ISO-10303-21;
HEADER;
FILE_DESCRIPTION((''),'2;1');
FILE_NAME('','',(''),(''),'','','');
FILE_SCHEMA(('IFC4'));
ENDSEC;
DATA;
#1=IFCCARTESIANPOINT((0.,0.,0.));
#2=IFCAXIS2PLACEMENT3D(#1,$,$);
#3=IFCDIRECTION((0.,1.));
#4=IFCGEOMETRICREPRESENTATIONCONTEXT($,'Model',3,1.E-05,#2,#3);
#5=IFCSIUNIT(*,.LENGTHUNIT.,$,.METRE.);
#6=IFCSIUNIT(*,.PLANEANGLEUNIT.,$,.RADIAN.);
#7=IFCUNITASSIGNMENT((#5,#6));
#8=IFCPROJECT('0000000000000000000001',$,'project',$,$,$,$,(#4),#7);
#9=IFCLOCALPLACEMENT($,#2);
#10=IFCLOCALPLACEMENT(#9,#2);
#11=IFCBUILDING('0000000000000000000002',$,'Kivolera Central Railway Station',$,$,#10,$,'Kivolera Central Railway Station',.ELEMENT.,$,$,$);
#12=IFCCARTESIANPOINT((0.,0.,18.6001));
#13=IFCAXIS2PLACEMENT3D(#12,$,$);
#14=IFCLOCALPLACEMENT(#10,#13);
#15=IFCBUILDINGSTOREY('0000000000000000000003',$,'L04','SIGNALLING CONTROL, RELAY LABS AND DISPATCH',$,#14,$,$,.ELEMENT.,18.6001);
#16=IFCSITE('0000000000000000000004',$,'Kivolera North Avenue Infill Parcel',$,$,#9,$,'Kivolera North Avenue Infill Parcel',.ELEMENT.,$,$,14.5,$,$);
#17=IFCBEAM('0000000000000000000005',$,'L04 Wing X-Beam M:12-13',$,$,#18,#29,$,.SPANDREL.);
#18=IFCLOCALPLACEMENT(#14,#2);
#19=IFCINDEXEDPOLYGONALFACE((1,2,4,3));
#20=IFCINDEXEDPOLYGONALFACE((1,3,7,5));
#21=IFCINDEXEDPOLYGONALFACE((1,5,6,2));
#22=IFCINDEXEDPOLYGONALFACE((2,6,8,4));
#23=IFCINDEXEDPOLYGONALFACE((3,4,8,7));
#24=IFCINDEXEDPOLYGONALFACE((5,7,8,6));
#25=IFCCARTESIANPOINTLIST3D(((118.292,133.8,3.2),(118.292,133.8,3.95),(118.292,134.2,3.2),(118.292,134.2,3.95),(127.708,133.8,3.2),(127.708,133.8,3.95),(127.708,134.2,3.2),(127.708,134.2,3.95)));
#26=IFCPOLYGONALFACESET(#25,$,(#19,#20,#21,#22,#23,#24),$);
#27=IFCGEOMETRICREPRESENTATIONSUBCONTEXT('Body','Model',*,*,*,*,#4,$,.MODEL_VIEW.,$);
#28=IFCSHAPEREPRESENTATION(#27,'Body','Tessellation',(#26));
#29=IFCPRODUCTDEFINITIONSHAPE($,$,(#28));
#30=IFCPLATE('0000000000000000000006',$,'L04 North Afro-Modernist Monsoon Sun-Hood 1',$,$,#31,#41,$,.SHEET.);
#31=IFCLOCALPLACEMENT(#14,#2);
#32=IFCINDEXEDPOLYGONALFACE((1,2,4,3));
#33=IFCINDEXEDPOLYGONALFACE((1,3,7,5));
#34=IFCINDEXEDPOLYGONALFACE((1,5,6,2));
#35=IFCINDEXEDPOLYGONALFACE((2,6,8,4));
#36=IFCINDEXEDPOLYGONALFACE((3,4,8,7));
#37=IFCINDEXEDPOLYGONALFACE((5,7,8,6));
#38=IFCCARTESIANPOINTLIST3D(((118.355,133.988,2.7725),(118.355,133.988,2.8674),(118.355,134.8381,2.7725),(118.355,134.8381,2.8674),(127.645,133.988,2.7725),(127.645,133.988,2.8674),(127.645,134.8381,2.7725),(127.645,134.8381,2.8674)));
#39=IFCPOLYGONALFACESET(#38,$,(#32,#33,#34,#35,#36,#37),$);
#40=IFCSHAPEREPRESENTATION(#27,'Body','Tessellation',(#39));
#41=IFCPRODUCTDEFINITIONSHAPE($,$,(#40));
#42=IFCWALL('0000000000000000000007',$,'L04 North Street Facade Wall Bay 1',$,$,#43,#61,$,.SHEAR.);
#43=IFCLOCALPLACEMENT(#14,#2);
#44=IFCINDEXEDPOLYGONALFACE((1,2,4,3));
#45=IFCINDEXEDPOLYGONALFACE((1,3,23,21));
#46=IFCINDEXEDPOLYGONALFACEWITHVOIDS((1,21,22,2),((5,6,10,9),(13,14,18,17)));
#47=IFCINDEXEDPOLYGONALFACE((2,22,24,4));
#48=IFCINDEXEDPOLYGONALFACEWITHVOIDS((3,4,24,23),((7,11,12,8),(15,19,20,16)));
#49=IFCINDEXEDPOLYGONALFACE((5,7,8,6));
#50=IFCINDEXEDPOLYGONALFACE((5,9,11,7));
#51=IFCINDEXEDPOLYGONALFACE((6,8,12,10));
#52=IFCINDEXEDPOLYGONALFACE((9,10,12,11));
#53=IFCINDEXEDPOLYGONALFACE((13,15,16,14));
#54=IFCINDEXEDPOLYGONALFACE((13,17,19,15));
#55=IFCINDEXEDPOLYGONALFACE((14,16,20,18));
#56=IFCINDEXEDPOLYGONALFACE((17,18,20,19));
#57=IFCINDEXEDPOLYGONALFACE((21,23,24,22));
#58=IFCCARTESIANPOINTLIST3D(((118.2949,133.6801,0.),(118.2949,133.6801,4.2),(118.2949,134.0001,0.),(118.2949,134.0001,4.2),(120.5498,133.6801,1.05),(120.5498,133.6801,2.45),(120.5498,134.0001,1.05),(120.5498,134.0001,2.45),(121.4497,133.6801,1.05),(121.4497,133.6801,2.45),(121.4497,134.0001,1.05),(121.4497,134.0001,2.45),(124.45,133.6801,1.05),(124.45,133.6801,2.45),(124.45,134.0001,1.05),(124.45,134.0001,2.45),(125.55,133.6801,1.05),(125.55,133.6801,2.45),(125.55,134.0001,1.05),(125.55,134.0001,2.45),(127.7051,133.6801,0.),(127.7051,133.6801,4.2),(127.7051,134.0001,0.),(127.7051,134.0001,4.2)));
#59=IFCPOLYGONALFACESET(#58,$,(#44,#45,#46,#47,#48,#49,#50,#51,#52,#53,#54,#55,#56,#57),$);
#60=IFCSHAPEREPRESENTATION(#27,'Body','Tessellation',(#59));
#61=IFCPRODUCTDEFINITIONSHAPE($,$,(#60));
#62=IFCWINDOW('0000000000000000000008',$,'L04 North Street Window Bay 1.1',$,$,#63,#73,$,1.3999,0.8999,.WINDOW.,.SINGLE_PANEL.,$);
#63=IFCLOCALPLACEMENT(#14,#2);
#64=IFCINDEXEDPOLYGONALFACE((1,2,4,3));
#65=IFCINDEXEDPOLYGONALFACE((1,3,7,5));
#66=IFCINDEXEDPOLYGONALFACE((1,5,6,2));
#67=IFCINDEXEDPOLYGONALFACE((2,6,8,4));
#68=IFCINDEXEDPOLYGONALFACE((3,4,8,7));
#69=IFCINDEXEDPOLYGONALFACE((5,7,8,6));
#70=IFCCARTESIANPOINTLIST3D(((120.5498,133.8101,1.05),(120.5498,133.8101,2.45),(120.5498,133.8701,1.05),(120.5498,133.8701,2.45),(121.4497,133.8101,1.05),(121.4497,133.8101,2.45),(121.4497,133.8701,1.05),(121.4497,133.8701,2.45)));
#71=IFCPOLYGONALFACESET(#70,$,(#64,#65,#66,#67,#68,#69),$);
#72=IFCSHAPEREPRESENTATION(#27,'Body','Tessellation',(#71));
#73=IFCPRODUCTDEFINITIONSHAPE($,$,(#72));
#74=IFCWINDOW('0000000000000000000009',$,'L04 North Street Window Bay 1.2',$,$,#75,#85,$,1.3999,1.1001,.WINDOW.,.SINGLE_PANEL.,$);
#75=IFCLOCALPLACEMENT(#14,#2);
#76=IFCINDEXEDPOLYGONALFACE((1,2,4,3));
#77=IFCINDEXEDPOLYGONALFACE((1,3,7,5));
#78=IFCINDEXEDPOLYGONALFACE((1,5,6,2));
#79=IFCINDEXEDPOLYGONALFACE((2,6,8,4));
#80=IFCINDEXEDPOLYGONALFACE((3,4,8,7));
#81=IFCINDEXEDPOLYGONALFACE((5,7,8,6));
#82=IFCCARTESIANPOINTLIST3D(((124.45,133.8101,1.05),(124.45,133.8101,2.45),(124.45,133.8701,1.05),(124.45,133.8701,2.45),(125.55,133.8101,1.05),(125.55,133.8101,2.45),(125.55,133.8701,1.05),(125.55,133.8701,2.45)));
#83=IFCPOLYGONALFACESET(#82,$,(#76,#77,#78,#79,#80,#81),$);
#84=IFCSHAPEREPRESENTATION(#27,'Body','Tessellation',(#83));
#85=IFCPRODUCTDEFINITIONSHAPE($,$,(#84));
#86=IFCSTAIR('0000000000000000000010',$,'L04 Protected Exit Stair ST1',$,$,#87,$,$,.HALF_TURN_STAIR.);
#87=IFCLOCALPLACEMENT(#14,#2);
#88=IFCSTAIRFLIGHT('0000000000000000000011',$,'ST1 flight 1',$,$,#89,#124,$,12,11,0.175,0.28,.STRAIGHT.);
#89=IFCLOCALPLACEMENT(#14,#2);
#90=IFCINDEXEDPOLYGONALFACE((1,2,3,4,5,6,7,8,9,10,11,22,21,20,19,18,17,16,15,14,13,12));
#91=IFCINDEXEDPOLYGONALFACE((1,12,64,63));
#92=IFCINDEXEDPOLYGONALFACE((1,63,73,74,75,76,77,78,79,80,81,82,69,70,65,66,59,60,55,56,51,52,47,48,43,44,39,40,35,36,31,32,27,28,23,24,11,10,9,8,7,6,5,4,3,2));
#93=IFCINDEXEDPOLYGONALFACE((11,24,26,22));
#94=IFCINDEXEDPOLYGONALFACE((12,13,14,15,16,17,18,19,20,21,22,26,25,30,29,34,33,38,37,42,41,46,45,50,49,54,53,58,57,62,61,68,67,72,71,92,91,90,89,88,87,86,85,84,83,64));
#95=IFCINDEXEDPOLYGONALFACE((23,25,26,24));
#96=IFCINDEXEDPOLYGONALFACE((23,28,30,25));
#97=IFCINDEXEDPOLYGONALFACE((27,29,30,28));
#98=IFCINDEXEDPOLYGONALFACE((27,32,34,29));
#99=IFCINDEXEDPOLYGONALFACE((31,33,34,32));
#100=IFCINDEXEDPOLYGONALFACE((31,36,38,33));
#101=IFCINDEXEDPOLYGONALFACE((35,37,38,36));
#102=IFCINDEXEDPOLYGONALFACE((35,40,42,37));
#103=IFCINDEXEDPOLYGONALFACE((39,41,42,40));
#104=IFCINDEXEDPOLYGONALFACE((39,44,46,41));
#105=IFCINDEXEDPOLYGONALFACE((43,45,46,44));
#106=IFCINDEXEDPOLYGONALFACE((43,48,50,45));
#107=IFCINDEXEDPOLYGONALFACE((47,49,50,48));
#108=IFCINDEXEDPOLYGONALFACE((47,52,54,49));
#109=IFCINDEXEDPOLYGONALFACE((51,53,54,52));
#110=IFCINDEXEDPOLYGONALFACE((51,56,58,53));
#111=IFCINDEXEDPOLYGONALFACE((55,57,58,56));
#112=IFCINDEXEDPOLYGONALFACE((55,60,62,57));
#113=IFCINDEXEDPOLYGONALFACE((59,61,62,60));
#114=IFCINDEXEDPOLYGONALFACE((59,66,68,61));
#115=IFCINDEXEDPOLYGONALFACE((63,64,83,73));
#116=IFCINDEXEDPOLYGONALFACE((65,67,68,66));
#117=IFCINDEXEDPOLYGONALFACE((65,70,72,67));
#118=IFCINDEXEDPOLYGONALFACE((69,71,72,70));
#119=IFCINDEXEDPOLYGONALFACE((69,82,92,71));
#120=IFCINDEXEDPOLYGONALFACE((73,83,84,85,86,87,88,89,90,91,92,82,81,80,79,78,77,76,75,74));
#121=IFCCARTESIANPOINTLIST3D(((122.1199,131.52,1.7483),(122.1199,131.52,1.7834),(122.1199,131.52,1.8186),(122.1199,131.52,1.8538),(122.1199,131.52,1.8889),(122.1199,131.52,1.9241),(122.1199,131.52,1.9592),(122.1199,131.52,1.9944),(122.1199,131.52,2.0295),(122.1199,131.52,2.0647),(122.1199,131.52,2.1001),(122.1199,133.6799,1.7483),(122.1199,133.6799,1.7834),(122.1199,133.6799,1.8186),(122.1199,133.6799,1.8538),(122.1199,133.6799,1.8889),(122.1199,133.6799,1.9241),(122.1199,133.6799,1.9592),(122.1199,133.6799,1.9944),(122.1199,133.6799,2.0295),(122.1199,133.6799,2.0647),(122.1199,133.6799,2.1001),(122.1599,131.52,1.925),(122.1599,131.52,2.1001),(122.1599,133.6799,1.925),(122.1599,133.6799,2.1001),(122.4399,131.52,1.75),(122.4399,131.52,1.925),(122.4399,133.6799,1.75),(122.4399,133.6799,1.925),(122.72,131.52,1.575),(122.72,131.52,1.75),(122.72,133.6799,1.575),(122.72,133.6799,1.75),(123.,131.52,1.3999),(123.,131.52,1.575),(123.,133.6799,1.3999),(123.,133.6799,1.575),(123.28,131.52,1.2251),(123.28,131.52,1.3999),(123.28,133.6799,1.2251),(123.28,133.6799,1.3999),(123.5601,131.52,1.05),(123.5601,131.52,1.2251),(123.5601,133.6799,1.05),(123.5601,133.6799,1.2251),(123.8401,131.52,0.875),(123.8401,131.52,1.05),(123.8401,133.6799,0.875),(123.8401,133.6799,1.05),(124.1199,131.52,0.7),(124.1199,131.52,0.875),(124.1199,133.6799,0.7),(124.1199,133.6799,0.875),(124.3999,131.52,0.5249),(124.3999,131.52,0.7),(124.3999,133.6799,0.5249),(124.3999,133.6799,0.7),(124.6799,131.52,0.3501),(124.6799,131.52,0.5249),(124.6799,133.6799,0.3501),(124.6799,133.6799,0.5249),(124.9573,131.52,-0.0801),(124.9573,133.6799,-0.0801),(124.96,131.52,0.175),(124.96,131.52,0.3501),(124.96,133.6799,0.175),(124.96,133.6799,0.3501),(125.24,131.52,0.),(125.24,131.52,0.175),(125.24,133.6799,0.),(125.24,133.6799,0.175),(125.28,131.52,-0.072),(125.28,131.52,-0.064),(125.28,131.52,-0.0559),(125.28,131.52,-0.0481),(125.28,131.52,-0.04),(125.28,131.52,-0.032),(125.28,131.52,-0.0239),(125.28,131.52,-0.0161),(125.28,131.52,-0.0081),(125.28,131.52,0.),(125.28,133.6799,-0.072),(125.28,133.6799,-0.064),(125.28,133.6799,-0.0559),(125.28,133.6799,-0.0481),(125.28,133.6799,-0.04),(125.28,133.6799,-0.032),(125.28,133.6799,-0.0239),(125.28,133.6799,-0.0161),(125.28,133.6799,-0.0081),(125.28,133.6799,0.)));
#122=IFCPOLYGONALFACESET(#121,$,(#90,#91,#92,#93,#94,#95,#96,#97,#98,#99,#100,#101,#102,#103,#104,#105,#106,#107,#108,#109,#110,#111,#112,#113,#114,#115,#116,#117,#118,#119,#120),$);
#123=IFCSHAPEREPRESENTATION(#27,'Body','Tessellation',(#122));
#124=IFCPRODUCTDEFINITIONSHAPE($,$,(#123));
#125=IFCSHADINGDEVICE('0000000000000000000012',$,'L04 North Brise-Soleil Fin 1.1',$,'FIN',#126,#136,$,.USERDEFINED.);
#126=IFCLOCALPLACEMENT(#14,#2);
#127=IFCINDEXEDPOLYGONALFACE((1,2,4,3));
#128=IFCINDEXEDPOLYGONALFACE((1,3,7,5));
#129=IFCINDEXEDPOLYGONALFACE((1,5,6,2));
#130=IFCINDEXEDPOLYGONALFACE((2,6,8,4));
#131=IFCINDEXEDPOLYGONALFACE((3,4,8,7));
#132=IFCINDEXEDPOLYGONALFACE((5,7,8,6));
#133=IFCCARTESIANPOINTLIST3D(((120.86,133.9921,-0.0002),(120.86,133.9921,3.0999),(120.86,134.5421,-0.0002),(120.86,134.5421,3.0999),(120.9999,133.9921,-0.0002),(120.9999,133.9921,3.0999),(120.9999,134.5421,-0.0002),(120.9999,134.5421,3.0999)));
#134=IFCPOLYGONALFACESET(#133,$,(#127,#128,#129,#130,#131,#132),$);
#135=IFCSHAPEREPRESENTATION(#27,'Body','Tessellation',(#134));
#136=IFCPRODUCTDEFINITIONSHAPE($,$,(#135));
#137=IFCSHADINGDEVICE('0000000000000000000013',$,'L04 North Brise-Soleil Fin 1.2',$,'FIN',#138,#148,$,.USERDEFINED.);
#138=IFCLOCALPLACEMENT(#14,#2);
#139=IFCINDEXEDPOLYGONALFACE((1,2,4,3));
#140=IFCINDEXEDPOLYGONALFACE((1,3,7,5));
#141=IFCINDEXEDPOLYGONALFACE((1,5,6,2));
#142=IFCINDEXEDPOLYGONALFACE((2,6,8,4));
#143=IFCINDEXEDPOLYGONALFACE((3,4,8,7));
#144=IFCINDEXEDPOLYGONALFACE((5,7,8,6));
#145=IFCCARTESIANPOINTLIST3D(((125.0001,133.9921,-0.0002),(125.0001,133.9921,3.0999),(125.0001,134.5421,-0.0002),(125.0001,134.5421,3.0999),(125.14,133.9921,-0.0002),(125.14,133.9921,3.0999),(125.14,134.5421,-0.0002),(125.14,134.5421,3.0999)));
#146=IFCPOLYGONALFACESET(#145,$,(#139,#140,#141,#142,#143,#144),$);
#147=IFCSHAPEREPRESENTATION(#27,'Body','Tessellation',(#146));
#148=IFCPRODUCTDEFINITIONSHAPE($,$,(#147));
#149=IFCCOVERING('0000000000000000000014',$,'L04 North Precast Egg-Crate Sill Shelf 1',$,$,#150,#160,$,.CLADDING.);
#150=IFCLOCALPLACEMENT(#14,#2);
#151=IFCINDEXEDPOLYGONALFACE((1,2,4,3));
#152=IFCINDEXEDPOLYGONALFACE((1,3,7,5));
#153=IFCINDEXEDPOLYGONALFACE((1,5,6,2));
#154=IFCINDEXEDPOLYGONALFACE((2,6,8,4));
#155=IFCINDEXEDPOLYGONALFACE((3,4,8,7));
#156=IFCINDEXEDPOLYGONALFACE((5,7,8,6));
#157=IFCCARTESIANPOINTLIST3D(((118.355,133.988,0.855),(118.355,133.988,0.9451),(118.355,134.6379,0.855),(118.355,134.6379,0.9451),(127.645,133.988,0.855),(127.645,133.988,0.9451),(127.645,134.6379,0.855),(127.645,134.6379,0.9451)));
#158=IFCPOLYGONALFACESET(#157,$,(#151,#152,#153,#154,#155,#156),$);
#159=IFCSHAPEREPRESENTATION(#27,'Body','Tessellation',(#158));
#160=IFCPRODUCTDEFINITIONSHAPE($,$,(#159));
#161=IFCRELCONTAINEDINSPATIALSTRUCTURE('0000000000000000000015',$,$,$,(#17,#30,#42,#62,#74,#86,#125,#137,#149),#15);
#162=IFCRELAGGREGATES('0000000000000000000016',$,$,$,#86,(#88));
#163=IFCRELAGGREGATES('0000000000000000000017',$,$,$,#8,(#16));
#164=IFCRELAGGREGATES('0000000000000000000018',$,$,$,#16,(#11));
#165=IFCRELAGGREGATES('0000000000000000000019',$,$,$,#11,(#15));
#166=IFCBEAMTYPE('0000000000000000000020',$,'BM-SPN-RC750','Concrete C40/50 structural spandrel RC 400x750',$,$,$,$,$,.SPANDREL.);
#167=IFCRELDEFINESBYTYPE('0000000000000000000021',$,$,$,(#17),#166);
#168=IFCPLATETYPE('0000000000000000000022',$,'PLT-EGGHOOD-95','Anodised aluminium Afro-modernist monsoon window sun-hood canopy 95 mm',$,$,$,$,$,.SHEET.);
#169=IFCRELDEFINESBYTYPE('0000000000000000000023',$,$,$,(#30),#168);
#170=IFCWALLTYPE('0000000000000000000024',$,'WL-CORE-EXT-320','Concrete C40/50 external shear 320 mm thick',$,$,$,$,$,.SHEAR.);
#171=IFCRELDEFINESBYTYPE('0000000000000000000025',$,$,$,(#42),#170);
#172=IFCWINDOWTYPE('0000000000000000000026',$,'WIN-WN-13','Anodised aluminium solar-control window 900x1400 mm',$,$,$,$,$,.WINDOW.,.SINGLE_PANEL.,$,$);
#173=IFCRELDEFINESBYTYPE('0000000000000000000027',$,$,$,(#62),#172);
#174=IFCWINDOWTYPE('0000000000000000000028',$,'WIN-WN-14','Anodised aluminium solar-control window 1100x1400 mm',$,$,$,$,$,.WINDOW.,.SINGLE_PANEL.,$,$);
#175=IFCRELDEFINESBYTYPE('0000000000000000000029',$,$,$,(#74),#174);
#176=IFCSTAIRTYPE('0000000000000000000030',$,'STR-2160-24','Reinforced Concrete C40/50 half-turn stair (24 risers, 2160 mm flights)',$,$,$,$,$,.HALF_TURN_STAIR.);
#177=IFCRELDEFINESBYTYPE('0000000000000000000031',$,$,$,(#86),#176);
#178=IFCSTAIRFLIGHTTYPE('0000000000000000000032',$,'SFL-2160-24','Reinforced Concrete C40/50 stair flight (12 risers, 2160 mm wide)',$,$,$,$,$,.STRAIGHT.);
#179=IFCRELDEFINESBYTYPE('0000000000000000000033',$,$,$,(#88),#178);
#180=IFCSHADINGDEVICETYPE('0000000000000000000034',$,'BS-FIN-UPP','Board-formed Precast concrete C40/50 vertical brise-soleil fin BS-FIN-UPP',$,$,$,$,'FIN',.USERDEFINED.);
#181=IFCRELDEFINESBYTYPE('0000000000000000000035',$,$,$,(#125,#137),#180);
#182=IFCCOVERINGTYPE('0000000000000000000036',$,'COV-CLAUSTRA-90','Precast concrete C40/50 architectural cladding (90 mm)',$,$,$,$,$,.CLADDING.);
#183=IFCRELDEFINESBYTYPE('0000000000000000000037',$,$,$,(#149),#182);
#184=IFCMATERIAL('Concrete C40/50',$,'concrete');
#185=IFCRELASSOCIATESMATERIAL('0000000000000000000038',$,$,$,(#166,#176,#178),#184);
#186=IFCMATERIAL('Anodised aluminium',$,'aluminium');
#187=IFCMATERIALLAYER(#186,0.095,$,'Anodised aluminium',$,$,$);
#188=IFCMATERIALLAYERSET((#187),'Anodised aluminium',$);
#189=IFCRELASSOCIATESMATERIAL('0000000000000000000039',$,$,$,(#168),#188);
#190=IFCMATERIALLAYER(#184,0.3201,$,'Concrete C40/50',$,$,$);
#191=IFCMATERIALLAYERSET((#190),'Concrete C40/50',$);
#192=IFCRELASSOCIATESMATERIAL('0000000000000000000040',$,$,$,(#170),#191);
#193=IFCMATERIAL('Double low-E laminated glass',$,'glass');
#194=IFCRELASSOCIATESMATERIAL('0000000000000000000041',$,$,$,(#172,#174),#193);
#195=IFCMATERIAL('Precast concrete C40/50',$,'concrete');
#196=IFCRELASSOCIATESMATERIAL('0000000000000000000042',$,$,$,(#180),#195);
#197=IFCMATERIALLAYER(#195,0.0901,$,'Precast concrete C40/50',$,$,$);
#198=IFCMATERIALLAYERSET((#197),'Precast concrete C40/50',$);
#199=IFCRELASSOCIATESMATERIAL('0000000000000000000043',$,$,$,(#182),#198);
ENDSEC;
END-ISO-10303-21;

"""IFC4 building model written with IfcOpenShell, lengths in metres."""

from ifc_helpers import new_model, si_unit, direction, frame, frame_2d, origin, origin_2d, place, context, subcontext, project, spatial, polyline, rectangle, outline, extrude, material, layer, layer_set, material_profile, profile_set, type_object, element, fill, aggregate, save


model = new_model("IFC4")

# Units and contexts
model_context = context("Model", 3, precision=1e-05, world=origin(), true_north=direction((0.0, 1.0)))
body_context = subcontext(model_context, "Body", "Model", "MODEL_VIEW")
ifc_project = project(units=[si_unit("LENGTHUNIT", "METRE"), si_unit("PLANEANGLEUNIT", "RADIAN")], contexts=[model_context])

# Site, building, storey
site_placement = place(None, origin())
site = spatial("IfcSite", under=ifc_project, at=site_placement, Name="Kivolera North Avenue Infill Parcel", LongName="Kivolera North Avenue Infill Parcel", CompositionType="ELEMENT", RefElevation=14.5)
building_placement = place(site_placement, origin())
building = spatial("IfcBuilding", under=site, at=building_placement, Name="Kivolera Central Railway Station", LongName="Kivolera Central Railway Station", CompositionType="ELEMENT")
storey_placement = place(building_placement, frame((0.0, 0.0, 18.6001)))
storey = spatial("IfcBuildingStorey", under=building, at=storey_placement, Name="L04", Description="SIGNALLING CONTROL, RELAY LABS AND DISPATCH", CompositionType="ELEMENT", Elevation=18.6001)

# Beam
ifc_material_1 = material(Name="Concrete C40/50", Category="concrete")
ifc_material_profile = material_profile(ifc_material_1, rectangle(XDim=0.3999, YDim=0.75, at=origin_2d()), Name="RC 400x750")
ifc_profile_set = profile_set([ifc_material_profile], Name="Concrete C40/50")
beam_type = type_object("IfcBeamType", Name="BM-SPN-RC750", Description="Concrete C40/50 structural spandrel RC 400x750", PredefinedType="SPANDREL", material=ifc_profile_set)
beam_placement = place(storey_placement, frame((118.292, 134.0, 3.575), z_axis=(1.0, 0.0, 0.0), x_axis=(0.0, 1.0, 0.0)))
element("IfcBeam", 1, at=beam_placement, inside=storey, type_object=beam_type, Name="L04 Wing X-Beam M:12-13", PredefinedType="SPANDREL", context=body_context, shape_type="SweptSolid", body=[
    extrude(rectangle(XDim=0.3999, YDim=0.75, at=origin_2d()), origin(), (0.0, 0.0, 1.0), 9.416),
])

# Plate
ifc_material_2 = material(Name="Anodised aluminium", Category="aluminium")
ifc_layer_1 = layer(ifc_material_2, 0.095, Name="Anodised aluminium")
ifc_layer_set_1 = layer_set([ifc_layer_1], Name="Anodised aluminium")
plate_type = type_object("IfcPlateType", Name="PLT-EGGHOOD-95", Description="Anodised aluminium Afro-modernist monsoon window sun-hood canopy 95 mm", PredefinedType="SHEET", material=ifc_layer_set_1)
plate_placement = place(storey_placement, frame((123.0, 134.4131, 2.7725), z_axis=(0.0, 0.0, 1.0), x_axis=(1.0, 0.0, 0.0)))
element("IfcPlate", 2, at=plate_placement, inside=storey, type_object=plate_type, Name="L04 North Afro-Modernist Monsoon Sun-Hood 1", PredefinedType="SHEET", context=body_context, shape_type="SweptSolid", body=[
    extrude(rectangle(XDim=9.29, YDim=0.8501, at=origin_2d()), origin(), (0.0, 0.0, 1.0), 0.095),
])

# Wall, openings, windows
ifc_layer_2 = layer(ifc_material_1, 0.3201, Name="Concrete C40/50")
ifc_layer_set_2 = layer_set([ifc_layer_2], Name="Concrete C40/50")
wall_type_1 = type_object("IfcWallType", Name="WL-CORE-EXT-320", Description="Concrete C40/50 external shear 320 mm thick", PredefinedType="SHEAR", material=ifc_layer_set_2)
wall_1_placement = place(storey_placement, frame((118.2949, 133.8401, 0.0), z_axis=(0.0, 0.0, 1.0), x_axis=(1.0, 0.0, 0.0)))
wall_1 = element("IfcWall", 3, at=wall_1_placement, inside=storey, type_object=wall_type_1, Name="L04 North Street Facade Wall Bay 1", PredefinedType="SHEAR", context=body_context, shape_type="SweptSolid", body=[
    extrude(rectangle(XDim=9.4102, YDim=0.3201, at=frame_2d((4.7051, 0.0))), origin(), (0.0, 0.0, 1.0), 4.2),
])
opening_1_placement = place(wall_1_placement, frame((2.2549, 0.0, 1.05)))
opening_1 = element("IfcOpeningElement", 4, at=opening_1_placement, cuts=wall_1, PredefinedType="OPENING", context=body_context, shape_type="SweptSolid", body=[
    extrude(rectangle(XDim=0.8999, YDim=1.3999, at=frame_2d((0.45, 0.7))), frame((0.0, 0.1699, 0.0), z_axis=(0.0, -1.0, 0.0), x_axis=(1.0, 0.0, 0.0)), (0.0, 0.0, 1.0), 0.3401),
])
opening_2_placement = place(wall_1_placement, frame((6.155, 0.0, 1.05)))
opening_2 = element("IfcOpeningElement", 5, at=opening_2_placement, cuts=wall_1, PredefinedType="OPENING", context=body_context, shape_type="SweptSolid", body=[
    extrude(rectangle(XDim=1.1001, YDim=1.3999, at=frame_2d((0.55, 0.7))), frame((0.0, 0.1699, 0.0), z_axis=(0.0, -1.0, 0.0), x_axis=(1.0, 0.0, 0.0)), (0.0, 0.0, 1.0), 0.3401),
])
ifc_material_3 = material(Name="Double low-E laminated glass", Category="glass")
window_type_1 = type_object("IfcWindowType", Name="WIN-WN-13", Description="Anodised aluminium solar-control window 900x1400 mm", PartitioningType="SINGLE_PANEL", PredefinedType="WINDOW", material=ifc_material_3)
window_1_placement = place(opening_1_placement, origin())
window_1 = element("IfcWindow", 6, at=window_1_placement, inside=storey, type_object=window_type_1, Name="L04 North Street Window Bay 1.1", OverallHeight=1.3999, OverallWidth=0.8999, PartitioningType="SINGLE_PANEL", PredefinedType="WINDOW", context=body_context, shape_type="SweptSolid", body=[
    extrude(rectangle(XDim=0.8999, YDim=1.3999, at=frame_2d((0.45, 0.7))), frame((0.0, 0.03, 0.0), z_axis=(0.0, -1.0, 0.0), x_axis=(1.0, 0.0, 0.0)), (0.0, 0.0, 1.0), 0.0601),
])
fill(opening_1, window_1)
window_type_2 = type_object("IfcWindowType", Name="WIN-WN-14", Description="Anodised aluminium solar-control window 1100x1400 mm", PartitioningType="SINGLE_PANEL", PredefinedType="WINDOW", material=ifc_material_3)
window_2_placement = place(opening_2_placement, origin())
window_2 = element("IfcWindow", 7, at=window_2_placement, inside=storey, type_object=window_type_2, Name="L04 North Street Window Bay 1.2", OverallHeight=1.3999, OverallWidth=1.1001, PartitioningType="SINGLE_PANEL", PredefinedType="WINDOW", context=body_context, shape_type="SweptSolid", body=[
    extrude(rectangle(XDim=1.1001, YDim=1.3999, at=frame_2d((0.55, 0.7))), frame((0.0, 0.03, 0.0), z_axis=(0.0, -1.0, 0.0), x_axis=(1.0, 0.0, 0.0)), (0.0, 0.0, 1.0), 0.0601),
])
fill(opening_2, window_2)

# Stair, stair flight
stair_type = type_object("IfcStairType", Name="STR-2160-24", Description="Reinforced Concrete C40/50 half-turn stair (24 risers, 2160 mm flights)", PredefinedType="HALF_TURN_STAIR", material=ifc_material_1)
stair_placement = place(storey_placement, origin())
stair = element("IfcStair", 8, at=stair_placement, inside=storey, type_object=stair_type, Name="L04 Protected Exit Stair ST1", PredefinedType="HALF_TURN_STAIR")
stair_flight_type = type_object("IfcStairFlightType", Name="SFL-2160-24", Description="Reinforced Concrete C40/50 stair flight (12 risers, 2160 mm wide)", PredefinedType="STRAIGHT", material=ifc_material_1)
stair_flight_placement = place(storey_placement, frame((125.24, 132.6001, 0.0), z_axis=(0.0, 0.0, 1.0), x_axis=(-1.0, 0.0, 0.0)))
stair_flight = element("IfcStairFlight", 9, at=stair_flight_placement, type_object=stair_flight_type, Name="ST1 flight 1", NumberOfRisers=12, NumberOfTreads=11, PredefinedType="STRAIGHT", RiserHeight=0.175, TreadLength=0.28, context=body_context, shape_type="SweptSolid", body=[
    extrude(outline(polyline([(-0.04, 0.0), (0.0, 0.0), (0.0, 0.175), (0.28, 0.175), (0.28, 0.3501), (0.5601, 0.3501), (0.5601, 0.5249), (0.8401, 0.5249), (0.8401, 0.7), (1.1201, 0.7), (1.1201, 0.875), (1.3999, 0.875), (1.3999, 1.05), (1.6799, 1.05), (1.6799, 1.2251), (1.96, 1.2251), (1.96, 1.3999), (2.24, 1.3999), (2.24, 1.575), (2.52, 1.575), (2.52, 1.75), (2.8, 1.75), (2.8, 1.925), (3.0801, 1.925), (3.0801, 2.1001), (3.1201, 2.1001), (3.1201, 2.0647), (3.1201, 2.0295), (3.1201, 1.9944), (3.1201, 1.9592), (3.1201, 1.9241), (3.1201, 1.8889), (3.1201, 1.8538), (3.1201, 1.8186), (3.1201, 1.7834), (3.1201, 1.7483), (0.2827, -0.0801), (-0.04, -0.072), (-0.04, -0.064), (-0.04, -0.0559), (-0.04, -0.0481), (-0.04, -0.04), (-0.04, -0.032), (-0.04, -0.0239), (-0.04, -0.0161), (-0.04, -0.0081), (-0.04, 0.0)])), frame((0.0, 1.0801, 0.0), z_axis=(0.0, -1.0, 0.0), x_axis=(1.0, 0.0, 0.0)), (0.0, 0.0, 1.0), 2.1599),
])
aggregate(stair, [stair_flight])

# Shading devices
ifc_material_4 = material(Name="Precast concrete C40/50", Category="concrete")
shading_device_type = type_object("IfcShadingDeviceType", Name="BS-FIN-UPP", Description="Board-formed Precast concrete C40/50 vertical brise-soleil fin BS-FIN-UPP", ElementType="FIN", PredefinedType="USERDEFINED", material=ifc_material_4)
for number, where, z_axis, x_axis, name in (
    (10, (120.9299, 134.2671, -0.0002), (0.0, 0.0, 1.0), (1.0, 0.0, 0.0), "L04 North Brise-Soleil Fin 1.1"),
    (11, (125.0701, 134.2671, -0.0002), (0.0, 0.0, 1.0), (1.0, 0.0, 0.0), "L04 North Brise-Soleil Fin 1.2"),
):
    element("IfcShadingDevice", number, at=place(storey_placement, frame(where, z_axis=z_axis, x_axis=x_axis)), inside=storey, type_object=shading_device_type, Name=name, ObjectType="FIN", PredefinedType="USERDEFINED", context=body_context, shape_type="SweptSolid", body=[
        extrude(rectangle(XDim=0.1399, YDim=0.55, at=origin_2d()), origin(), (0.0, 0.0, 1.0), 3.1001),
    ])

# Covering
ifc_layer_3 = layer(ifc_material_4, 0.0901, Name="Precast concrete C40/50")
ifc_layer_set_3 = layer_set([ifc_layer_3], Name="Precast concrete C40/50")
covering_type_1 = type_object("IfcCoveringType", Name="COV-CLAUSTRA-90", Description="Precast concrete C40/50 architectural cladding (90 mm)", PredefinedType="CLADDING", material=ifc_layer_set_3)
covering_1_placement = place(storey_placement, frame((123.0, 134.313, 0.855), z_axis=(0.0, 0.0, 1.0), x_axis=(1.0, 0.0, 0.0)))
element("IfcCovering", 12, at=covering_1_placement, inside=storey, type_object=covering_type_1, Name="L04 North Precast Egg-Crate Sill Shelf 1", PredefinedType="CLADDING", context=body_context, shape_type="SweptSolid", body=[
    extrude(rectangle(XDim=9.29, YDim=0.6499, at=origin_2d()), origin(), (0.0, 0.0, 1.0), 0.0901),
])

save(model, "model.ifc")
